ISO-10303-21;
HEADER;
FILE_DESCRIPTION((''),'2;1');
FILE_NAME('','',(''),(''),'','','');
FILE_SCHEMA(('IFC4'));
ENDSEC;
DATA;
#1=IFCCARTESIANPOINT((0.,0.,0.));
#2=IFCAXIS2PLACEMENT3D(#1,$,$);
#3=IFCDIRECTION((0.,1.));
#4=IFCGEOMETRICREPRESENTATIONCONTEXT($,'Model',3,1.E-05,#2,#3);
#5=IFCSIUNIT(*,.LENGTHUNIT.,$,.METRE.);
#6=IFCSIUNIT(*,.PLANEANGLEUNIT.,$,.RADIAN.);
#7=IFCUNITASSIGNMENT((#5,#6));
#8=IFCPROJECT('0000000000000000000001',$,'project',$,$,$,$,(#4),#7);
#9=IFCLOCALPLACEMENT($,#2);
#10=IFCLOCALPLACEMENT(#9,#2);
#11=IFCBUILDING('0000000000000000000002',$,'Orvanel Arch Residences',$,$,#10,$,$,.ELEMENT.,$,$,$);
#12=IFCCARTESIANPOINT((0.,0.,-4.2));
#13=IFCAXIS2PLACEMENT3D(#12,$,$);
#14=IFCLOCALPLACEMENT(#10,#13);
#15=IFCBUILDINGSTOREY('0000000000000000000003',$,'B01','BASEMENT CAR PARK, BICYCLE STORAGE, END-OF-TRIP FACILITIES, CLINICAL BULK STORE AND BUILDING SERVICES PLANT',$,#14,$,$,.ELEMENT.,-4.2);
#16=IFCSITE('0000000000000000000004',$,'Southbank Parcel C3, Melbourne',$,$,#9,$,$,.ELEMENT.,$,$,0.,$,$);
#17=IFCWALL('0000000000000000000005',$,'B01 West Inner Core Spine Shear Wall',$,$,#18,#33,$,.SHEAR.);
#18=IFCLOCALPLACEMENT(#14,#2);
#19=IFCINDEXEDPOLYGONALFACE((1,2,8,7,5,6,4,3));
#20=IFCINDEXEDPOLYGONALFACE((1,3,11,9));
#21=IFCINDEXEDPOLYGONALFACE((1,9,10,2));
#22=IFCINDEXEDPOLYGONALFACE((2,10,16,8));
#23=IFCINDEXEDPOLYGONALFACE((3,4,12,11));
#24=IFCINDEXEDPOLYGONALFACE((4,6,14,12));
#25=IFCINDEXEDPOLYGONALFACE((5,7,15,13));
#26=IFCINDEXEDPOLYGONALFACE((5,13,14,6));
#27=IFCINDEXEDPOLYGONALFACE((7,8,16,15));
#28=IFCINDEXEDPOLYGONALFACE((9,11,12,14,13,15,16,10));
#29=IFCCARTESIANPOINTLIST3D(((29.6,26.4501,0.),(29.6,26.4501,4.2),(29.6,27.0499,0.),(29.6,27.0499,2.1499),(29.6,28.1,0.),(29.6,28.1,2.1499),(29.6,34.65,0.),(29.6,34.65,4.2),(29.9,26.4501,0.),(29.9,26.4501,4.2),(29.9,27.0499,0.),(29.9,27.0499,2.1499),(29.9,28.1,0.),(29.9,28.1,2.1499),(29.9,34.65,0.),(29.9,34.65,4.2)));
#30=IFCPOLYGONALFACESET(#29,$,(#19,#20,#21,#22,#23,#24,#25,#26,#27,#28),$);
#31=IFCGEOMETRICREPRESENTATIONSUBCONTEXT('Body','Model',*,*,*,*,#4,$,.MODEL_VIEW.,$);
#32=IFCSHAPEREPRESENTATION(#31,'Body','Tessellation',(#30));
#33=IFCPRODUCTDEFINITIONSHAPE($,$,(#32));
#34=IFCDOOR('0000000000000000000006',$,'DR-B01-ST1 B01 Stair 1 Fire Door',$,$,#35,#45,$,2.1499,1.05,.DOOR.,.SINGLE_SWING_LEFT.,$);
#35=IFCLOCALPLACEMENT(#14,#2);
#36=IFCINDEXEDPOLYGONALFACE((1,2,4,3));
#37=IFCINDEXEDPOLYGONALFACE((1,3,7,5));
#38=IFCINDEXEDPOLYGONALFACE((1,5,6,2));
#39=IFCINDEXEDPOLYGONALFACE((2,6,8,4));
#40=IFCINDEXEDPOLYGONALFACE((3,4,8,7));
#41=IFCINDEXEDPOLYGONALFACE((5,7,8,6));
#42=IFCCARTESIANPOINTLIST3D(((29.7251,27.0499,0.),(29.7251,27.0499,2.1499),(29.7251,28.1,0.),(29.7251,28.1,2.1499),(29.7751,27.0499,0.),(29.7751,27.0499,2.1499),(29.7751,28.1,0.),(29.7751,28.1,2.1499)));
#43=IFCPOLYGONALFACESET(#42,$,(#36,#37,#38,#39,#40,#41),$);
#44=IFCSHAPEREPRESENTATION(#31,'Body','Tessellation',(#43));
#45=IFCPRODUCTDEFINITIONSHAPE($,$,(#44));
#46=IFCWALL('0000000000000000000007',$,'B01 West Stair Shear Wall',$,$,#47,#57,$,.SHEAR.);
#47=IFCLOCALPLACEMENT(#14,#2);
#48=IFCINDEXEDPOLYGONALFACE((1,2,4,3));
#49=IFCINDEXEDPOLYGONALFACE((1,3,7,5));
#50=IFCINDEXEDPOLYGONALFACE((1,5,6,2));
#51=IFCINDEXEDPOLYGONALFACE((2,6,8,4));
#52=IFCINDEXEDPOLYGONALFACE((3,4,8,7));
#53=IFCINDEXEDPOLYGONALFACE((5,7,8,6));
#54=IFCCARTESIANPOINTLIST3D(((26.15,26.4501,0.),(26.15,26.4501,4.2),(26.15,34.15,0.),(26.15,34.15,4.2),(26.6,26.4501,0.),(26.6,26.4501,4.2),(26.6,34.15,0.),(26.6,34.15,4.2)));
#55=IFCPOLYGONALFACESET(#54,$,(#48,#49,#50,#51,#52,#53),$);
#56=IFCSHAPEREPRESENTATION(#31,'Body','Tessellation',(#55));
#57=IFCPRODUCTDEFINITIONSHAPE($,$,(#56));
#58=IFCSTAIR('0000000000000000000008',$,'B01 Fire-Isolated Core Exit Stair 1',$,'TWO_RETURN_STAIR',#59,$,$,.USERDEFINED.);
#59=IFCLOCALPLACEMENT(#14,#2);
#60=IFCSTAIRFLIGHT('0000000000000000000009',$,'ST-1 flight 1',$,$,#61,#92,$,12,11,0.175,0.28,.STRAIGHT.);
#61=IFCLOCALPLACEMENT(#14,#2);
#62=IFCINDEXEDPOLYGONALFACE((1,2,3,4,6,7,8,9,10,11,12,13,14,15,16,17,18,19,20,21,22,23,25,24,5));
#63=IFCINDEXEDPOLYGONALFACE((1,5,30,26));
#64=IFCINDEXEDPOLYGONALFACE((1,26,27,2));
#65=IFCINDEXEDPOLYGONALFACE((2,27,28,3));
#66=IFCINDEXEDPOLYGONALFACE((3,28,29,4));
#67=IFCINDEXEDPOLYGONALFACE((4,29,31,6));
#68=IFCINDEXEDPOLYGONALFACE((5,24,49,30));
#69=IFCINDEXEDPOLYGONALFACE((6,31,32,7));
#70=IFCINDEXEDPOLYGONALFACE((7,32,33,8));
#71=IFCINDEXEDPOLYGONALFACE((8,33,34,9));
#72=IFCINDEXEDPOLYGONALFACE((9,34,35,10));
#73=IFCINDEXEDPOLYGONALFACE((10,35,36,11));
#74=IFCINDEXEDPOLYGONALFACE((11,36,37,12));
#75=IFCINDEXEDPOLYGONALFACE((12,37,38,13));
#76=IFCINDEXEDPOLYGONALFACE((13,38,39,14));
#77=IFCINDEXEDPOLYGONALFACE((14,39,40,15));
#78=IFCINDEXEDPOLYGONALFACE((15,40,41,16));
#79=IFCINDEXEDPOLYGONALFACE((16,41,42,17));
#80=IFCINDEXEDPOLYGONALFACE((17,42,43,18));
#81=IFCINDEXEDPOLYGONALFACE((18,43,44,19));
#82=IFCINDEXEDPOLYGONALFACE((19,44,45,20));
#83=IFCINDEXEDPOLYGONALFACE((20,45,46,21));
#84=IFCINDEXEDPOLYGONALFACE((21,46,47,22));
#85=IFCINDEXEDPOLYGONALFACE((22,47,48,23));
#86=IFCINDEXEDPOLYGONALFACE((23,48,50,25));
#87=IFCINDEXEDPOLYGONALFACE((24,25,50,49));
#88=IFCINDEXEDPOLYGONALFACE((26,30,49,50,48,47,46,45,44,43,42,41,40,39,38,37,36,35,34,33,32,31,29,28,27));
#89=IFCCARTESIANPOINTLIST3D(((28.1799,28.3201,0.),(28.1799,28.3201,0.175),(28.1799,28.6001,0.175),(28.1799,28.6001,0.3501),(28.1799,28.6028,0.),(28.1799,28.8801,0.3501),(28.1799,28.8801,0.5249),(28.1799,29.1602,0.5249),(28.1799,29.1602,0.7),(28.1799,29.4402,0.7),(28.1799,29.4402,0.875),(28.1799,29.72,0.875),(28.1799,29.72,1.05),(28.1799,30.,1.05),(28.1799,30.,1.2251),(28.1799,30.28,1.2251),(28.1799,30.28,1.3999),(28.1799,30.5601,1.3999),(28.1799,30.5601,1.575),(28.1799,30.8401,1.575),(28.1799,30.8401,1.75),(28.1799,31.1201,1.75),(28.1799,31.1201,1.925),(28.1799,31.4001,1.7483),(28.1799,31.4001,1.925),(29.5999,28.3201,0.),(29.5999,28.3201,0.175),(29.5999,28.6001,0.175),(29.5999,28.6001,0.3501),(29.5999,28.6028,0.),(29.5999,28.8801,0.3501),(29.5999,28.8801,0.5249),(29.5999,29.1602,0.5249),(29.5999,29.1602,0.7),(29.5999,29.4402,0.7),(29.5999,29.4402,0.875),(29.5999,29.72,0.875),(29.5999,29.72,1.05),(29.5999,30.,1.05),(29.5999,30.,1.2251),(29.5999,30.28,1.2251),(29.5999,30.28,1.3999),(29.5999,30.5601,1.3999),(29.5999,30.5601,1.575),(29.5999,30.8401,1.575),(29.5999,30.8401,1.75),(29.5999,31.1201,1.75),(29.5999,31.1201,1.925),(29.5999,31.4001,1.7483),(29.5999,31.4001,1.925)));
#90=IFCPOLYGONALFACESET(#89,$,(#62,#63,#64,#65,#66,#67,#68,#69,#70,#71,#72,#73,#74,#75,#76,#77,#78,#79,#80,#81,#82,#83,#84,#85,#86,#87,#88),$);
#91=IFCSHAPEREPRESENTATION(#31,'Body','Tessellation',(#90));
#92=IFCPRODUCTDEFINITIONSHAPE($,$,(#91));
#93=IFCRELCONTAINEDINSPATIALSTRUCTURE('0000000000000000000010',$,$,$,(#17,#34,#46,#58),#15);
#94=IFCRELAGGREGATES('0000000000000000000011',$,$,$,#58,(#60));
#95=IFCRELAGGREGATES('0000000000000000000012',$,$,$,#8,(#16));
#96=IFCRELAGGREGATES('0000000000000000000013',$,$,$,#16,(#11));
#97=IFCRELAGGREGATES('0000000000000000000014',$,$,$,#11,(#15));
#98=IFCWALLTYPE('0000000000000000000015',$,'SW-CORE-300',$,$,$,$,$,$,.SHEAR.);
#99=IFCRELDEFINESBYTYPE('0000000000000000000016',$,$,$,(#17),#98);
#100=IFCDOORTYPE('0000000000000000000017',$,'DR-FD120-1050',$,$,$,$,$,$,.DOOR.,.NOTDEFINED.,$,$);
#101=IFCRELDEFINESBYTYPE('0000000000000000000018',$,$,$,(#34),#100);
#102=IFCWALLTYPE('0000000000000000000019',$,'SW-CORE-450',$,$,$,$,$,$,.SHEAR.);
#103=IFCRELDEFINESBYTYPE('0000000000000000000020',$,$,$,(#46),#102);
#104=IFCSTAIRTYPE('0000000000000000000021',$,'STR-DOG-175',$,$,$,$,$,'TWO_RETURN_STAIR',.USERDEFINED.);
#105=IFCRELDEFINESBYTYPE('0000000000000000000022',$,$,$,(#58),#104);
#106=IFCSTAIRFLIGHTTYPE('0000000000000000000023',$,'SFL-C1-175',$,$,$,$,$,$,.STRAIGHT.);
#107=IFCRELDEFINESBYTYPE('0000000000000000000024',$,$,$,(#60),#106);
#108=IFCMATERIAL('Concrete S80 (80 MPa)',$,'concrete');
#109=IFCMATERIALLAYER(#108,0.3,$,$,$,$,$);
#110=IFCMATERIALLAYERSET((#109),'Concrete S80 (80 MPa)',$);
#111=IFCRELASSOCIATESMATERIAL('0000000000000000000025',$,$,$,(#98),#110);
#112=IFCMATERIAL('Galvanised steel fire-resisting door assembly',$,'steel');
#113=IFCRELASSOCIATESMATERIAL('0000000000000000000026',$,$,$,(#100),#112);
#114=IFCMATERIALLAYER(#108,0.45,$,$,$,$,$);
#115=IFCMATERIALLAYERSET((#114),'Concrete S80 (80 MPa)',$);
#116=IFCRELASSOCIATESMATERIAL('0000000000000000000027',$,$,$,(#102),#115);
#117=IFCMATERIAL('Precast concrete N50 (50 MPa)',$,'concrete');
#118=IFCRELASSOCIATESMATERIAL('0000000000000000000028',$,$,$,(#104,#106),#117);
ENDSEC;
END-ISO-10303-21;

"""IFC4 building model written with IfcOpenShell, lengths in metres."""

from ifc_helpers import new_model, si_unit, direction, frame, frame_2d, origin, place, context, subcontext, project, spatial, polyline, rectangle, outline, extrude, material, layer, layer_set, type_object, element, fill, aggregate, save


model = new_model("IFC4")

# Units and contexts
model_context = context("Model", 3, precision=1e-05, world=origin(), true_north=direction((0.0, 1.0)))
body_context = subcontext(model_context, "Body", "Model", "MODEL_VIEW")
ifc_project = project(units=[si_unit("LENGTHUNIT", "METRE"), si_unit("PLANEANGLEUNIT", "RADIAN")], contexts=[model_context])

# Site, building, storey
site_placement = place(None, origin())
site = spatial("IfcSite", under=ifc_project, at=site_placement, Name="Southbank Parcel C3, Melbourne", CompositionType="ELEMENT", RefElevation=0.0)
building_placement = place(site_placement, origin())
building = spatial("IfcBuilding", under=site, at=building_placement, Name="Orvanel Arch Residences", CompositionType="ELEMENT")
storey_placement = place(building_placement, frame((0.0, 0.0, -4.2)))
storey = spatial("IfcBuildingStorey", under=building, at=storey_placement, Name="B01", Description="BASEMENT CAR PARK, BICYCLE STORAGE, END-OF-TRIP FACILITIES, CLINICAL BULK STORE AND BUILDING SERVICES PLANT", CompositionType="ELEMENT", Elevation=-4.2)

# Wall, opening, door
ifc_material_1 = material(Name="Concrete S80 (80 MPa)", Category="concrete")
ifc_layer_1 = layer(ifc_material_1, 0.3)
ifc_layer_set_1 = layer_set([ifc_layer_1], Name="Concrete S80 (80 MPa)")
wall_type_1 = type_object("IfcWallType", Name="SW-CORE-300", PredefinedType="SHEAR", material=ifc_layer_set_1)
wall_1_placement = place(storey_placement, frame((29.75, 26.45, 0.0), z_axis=(0.0, 0.0, 1.0), x_axis=(0.0, 1.0, 0.0)))
wall_1 = element("IfcWall", 1, at=wall_1_placement, inside=storey, type_object=wall_type_1, Name="B01 West Inner Core Spine Shear Wall", PredefinedType="SHEAR", context=body_context, shape_type="SweptSolid", body=[
    extrude(rectangle(XDim=8.2, YDim=0.3, at=frame_2d((4.1001, 0.0))), origin(), (0.0, 0.0, 1.0), 4.2),
])
opening_1_placement = place(wall_1_placement, frame((0.6001, 0.0, 0.0)))
opening_1 = element("IfcOpeningElement", 2, at=opening_1_placement, cuts=wall_1, PredefinedType="OPENING", context=body_context, shape_type="SweptSolid", body=[
    extrude(rectangle(XDim=1.05, YDim=2.1499, at=frame_2d((0.5249, 1.075))), frame((0.0, 0.1599, 0.0), z_axis=(0.0, -1.0, 0.0), x_axis=(1.0, 0.0, 0.0)), (0.0, 0.0, 1.0), 0.3201),
])
ifc_material_2 = material(Name="Galvanised steel fire-resisting door assembly", Category="steel")
door_type_1 = type_object("IfcDoorType", Name="DR-FD120-1050", OperationType="NOTDEFINED", PredefinedType="DOOR", material=ifc_material_2)
door_1_placement = place(opening_1_placement, origin())
door_1 = element("IfcDoor", 3, at=door_1_placement, inside=storey, type_object=door_type_1, Name="DR-B01-ST1 B01 Stair 1 Fire Door", OperationType="SINGLE_SWING_LEFT", OverallHeight=2.1499, OverallWidth=1.05, PredefinedType="DOOR", context=body_context, shape_type="SweptSolid", body=[
    extrude(rectangle(XDim=1.05, YDim=2.1499, at=frame_2d((0.5249, 1.075))), frame((0.0, 0.0249, 0.0), z_axis=(0.0, -1.0, 0.0), x_axis=(1.0, 0.0, 0.0)), (0.0, 0.0, 1.0), 0.05),
])
fill(opening_1, door_1)

# Shared definitions
ifc_layer_2 = layer(ifc_material_1, 0.45)
ifc_layer_set_2 = layer_set([ifc_layer_2], Name="Concrete S80 (80 MPa)")
wall_type_2 = type_object("IfcWallType", Name="SW-CORE-450", PredefinedType="SHEAR", material=ifc_layer_set_2)

# Wall
wall_2_placement = place(storey_placement, frame((26.375, 26.45, 0.0), z_axis=(0.0, 0.0, 1.0), x_axis=(0.0, 1.0, 0.0)))
element("IfcWall", 4, at=wall_2_placement, inside=storey, type_object=wall_type_2, Name="B01 West Stair Shear Wall", PredefinedType="SHEAR", context=body_context, shape_type="SweptSolid", body=[
    extrude(rectangle(XDim=7.7, YDim=0.45, at=frame_2d((3.8501, 0.0))), origin(), (0.0, 0.0, 1.0), 4.2),
])

# Stair, stair flight
ifc_material_3 = material(Name="Precast concrete N50 (50 MPa)", Category="concrete")
stair_type = type_object("IfcStairType", Name="STR-DOG-175", ElementType="TWO_RETURN_STAIR", PredefinedType="USERDEFINED", material=ifc_material_3)
stair_placement = place(storey_placement, origin())
stair = element("IfcStair", 5, at=stair_placement, inside=storey, type_object=stair_type, Name="B01 Fire-Isolated Core Exit Stair 1", ObjectType="TWO_RETURN_STAIR", PredefinedType="USERDEFINED")
stair_flight_type = type_object("IfcStairFlightType", Name="SFL-C1-175", PredefinedType="STRAIGHT", material=ifc_material_3)
stair_flight_placement = place(storey_placement, frame((28.8899, 28.3201, 0.0), z_axis=(0.0, 0.0, 1.0), x_axis=(0.0, 1.0, 0.0)))
stair_flight = element("IfcStairFlight", 6, at=stair_flight_placement, type_object=stair_flight_type, Name="ST-1 flight 1", NumberOfRisers=12, NumberOfTreads=11, PredefinedType="STRAIGHT", RiserHeight=0.175, TreadLength=0.28, context=body_context, shape_type="SweptSolid", body=[
    extrude(outline(polyline([(0.0, 0.0), (0.0, 0.175), (0.28, 0.175), (0.28, 0.3501), (0.5601, 0.3501), (0.5601, 0.5249), (0.8401, 0.5249), (0.8401, 0.7), (1.1201, 0.7), (1.1201, 0.875), (1.3999, 0.875), (1.3999, 1.05), (1.6799, 1.05), (1.6799, 1.2251), (1.96, 1.2251), (1.96, 1.3999), (2.24, 1.3999), (2.24, 1.575), (2.52, 1.575), (2.52, 1.75), (2.8, 1.75), (2.8, 1.925), (3.0801, 1.925), (3.0801, 2.1001), (3.0801, 1.7483), (0.2827, 0.0), (0.0, 0.0)])), frame((0.0, 0.71, 0.0), z_axis=(0.0, -1.0, 0.0), x_axis=(1.0, 0.0, 0.0)), (0.0, 0.0, 1.0), 1.4199),
])
aggregate(stair, [stair_flight])

save(model, "model.ifc")
